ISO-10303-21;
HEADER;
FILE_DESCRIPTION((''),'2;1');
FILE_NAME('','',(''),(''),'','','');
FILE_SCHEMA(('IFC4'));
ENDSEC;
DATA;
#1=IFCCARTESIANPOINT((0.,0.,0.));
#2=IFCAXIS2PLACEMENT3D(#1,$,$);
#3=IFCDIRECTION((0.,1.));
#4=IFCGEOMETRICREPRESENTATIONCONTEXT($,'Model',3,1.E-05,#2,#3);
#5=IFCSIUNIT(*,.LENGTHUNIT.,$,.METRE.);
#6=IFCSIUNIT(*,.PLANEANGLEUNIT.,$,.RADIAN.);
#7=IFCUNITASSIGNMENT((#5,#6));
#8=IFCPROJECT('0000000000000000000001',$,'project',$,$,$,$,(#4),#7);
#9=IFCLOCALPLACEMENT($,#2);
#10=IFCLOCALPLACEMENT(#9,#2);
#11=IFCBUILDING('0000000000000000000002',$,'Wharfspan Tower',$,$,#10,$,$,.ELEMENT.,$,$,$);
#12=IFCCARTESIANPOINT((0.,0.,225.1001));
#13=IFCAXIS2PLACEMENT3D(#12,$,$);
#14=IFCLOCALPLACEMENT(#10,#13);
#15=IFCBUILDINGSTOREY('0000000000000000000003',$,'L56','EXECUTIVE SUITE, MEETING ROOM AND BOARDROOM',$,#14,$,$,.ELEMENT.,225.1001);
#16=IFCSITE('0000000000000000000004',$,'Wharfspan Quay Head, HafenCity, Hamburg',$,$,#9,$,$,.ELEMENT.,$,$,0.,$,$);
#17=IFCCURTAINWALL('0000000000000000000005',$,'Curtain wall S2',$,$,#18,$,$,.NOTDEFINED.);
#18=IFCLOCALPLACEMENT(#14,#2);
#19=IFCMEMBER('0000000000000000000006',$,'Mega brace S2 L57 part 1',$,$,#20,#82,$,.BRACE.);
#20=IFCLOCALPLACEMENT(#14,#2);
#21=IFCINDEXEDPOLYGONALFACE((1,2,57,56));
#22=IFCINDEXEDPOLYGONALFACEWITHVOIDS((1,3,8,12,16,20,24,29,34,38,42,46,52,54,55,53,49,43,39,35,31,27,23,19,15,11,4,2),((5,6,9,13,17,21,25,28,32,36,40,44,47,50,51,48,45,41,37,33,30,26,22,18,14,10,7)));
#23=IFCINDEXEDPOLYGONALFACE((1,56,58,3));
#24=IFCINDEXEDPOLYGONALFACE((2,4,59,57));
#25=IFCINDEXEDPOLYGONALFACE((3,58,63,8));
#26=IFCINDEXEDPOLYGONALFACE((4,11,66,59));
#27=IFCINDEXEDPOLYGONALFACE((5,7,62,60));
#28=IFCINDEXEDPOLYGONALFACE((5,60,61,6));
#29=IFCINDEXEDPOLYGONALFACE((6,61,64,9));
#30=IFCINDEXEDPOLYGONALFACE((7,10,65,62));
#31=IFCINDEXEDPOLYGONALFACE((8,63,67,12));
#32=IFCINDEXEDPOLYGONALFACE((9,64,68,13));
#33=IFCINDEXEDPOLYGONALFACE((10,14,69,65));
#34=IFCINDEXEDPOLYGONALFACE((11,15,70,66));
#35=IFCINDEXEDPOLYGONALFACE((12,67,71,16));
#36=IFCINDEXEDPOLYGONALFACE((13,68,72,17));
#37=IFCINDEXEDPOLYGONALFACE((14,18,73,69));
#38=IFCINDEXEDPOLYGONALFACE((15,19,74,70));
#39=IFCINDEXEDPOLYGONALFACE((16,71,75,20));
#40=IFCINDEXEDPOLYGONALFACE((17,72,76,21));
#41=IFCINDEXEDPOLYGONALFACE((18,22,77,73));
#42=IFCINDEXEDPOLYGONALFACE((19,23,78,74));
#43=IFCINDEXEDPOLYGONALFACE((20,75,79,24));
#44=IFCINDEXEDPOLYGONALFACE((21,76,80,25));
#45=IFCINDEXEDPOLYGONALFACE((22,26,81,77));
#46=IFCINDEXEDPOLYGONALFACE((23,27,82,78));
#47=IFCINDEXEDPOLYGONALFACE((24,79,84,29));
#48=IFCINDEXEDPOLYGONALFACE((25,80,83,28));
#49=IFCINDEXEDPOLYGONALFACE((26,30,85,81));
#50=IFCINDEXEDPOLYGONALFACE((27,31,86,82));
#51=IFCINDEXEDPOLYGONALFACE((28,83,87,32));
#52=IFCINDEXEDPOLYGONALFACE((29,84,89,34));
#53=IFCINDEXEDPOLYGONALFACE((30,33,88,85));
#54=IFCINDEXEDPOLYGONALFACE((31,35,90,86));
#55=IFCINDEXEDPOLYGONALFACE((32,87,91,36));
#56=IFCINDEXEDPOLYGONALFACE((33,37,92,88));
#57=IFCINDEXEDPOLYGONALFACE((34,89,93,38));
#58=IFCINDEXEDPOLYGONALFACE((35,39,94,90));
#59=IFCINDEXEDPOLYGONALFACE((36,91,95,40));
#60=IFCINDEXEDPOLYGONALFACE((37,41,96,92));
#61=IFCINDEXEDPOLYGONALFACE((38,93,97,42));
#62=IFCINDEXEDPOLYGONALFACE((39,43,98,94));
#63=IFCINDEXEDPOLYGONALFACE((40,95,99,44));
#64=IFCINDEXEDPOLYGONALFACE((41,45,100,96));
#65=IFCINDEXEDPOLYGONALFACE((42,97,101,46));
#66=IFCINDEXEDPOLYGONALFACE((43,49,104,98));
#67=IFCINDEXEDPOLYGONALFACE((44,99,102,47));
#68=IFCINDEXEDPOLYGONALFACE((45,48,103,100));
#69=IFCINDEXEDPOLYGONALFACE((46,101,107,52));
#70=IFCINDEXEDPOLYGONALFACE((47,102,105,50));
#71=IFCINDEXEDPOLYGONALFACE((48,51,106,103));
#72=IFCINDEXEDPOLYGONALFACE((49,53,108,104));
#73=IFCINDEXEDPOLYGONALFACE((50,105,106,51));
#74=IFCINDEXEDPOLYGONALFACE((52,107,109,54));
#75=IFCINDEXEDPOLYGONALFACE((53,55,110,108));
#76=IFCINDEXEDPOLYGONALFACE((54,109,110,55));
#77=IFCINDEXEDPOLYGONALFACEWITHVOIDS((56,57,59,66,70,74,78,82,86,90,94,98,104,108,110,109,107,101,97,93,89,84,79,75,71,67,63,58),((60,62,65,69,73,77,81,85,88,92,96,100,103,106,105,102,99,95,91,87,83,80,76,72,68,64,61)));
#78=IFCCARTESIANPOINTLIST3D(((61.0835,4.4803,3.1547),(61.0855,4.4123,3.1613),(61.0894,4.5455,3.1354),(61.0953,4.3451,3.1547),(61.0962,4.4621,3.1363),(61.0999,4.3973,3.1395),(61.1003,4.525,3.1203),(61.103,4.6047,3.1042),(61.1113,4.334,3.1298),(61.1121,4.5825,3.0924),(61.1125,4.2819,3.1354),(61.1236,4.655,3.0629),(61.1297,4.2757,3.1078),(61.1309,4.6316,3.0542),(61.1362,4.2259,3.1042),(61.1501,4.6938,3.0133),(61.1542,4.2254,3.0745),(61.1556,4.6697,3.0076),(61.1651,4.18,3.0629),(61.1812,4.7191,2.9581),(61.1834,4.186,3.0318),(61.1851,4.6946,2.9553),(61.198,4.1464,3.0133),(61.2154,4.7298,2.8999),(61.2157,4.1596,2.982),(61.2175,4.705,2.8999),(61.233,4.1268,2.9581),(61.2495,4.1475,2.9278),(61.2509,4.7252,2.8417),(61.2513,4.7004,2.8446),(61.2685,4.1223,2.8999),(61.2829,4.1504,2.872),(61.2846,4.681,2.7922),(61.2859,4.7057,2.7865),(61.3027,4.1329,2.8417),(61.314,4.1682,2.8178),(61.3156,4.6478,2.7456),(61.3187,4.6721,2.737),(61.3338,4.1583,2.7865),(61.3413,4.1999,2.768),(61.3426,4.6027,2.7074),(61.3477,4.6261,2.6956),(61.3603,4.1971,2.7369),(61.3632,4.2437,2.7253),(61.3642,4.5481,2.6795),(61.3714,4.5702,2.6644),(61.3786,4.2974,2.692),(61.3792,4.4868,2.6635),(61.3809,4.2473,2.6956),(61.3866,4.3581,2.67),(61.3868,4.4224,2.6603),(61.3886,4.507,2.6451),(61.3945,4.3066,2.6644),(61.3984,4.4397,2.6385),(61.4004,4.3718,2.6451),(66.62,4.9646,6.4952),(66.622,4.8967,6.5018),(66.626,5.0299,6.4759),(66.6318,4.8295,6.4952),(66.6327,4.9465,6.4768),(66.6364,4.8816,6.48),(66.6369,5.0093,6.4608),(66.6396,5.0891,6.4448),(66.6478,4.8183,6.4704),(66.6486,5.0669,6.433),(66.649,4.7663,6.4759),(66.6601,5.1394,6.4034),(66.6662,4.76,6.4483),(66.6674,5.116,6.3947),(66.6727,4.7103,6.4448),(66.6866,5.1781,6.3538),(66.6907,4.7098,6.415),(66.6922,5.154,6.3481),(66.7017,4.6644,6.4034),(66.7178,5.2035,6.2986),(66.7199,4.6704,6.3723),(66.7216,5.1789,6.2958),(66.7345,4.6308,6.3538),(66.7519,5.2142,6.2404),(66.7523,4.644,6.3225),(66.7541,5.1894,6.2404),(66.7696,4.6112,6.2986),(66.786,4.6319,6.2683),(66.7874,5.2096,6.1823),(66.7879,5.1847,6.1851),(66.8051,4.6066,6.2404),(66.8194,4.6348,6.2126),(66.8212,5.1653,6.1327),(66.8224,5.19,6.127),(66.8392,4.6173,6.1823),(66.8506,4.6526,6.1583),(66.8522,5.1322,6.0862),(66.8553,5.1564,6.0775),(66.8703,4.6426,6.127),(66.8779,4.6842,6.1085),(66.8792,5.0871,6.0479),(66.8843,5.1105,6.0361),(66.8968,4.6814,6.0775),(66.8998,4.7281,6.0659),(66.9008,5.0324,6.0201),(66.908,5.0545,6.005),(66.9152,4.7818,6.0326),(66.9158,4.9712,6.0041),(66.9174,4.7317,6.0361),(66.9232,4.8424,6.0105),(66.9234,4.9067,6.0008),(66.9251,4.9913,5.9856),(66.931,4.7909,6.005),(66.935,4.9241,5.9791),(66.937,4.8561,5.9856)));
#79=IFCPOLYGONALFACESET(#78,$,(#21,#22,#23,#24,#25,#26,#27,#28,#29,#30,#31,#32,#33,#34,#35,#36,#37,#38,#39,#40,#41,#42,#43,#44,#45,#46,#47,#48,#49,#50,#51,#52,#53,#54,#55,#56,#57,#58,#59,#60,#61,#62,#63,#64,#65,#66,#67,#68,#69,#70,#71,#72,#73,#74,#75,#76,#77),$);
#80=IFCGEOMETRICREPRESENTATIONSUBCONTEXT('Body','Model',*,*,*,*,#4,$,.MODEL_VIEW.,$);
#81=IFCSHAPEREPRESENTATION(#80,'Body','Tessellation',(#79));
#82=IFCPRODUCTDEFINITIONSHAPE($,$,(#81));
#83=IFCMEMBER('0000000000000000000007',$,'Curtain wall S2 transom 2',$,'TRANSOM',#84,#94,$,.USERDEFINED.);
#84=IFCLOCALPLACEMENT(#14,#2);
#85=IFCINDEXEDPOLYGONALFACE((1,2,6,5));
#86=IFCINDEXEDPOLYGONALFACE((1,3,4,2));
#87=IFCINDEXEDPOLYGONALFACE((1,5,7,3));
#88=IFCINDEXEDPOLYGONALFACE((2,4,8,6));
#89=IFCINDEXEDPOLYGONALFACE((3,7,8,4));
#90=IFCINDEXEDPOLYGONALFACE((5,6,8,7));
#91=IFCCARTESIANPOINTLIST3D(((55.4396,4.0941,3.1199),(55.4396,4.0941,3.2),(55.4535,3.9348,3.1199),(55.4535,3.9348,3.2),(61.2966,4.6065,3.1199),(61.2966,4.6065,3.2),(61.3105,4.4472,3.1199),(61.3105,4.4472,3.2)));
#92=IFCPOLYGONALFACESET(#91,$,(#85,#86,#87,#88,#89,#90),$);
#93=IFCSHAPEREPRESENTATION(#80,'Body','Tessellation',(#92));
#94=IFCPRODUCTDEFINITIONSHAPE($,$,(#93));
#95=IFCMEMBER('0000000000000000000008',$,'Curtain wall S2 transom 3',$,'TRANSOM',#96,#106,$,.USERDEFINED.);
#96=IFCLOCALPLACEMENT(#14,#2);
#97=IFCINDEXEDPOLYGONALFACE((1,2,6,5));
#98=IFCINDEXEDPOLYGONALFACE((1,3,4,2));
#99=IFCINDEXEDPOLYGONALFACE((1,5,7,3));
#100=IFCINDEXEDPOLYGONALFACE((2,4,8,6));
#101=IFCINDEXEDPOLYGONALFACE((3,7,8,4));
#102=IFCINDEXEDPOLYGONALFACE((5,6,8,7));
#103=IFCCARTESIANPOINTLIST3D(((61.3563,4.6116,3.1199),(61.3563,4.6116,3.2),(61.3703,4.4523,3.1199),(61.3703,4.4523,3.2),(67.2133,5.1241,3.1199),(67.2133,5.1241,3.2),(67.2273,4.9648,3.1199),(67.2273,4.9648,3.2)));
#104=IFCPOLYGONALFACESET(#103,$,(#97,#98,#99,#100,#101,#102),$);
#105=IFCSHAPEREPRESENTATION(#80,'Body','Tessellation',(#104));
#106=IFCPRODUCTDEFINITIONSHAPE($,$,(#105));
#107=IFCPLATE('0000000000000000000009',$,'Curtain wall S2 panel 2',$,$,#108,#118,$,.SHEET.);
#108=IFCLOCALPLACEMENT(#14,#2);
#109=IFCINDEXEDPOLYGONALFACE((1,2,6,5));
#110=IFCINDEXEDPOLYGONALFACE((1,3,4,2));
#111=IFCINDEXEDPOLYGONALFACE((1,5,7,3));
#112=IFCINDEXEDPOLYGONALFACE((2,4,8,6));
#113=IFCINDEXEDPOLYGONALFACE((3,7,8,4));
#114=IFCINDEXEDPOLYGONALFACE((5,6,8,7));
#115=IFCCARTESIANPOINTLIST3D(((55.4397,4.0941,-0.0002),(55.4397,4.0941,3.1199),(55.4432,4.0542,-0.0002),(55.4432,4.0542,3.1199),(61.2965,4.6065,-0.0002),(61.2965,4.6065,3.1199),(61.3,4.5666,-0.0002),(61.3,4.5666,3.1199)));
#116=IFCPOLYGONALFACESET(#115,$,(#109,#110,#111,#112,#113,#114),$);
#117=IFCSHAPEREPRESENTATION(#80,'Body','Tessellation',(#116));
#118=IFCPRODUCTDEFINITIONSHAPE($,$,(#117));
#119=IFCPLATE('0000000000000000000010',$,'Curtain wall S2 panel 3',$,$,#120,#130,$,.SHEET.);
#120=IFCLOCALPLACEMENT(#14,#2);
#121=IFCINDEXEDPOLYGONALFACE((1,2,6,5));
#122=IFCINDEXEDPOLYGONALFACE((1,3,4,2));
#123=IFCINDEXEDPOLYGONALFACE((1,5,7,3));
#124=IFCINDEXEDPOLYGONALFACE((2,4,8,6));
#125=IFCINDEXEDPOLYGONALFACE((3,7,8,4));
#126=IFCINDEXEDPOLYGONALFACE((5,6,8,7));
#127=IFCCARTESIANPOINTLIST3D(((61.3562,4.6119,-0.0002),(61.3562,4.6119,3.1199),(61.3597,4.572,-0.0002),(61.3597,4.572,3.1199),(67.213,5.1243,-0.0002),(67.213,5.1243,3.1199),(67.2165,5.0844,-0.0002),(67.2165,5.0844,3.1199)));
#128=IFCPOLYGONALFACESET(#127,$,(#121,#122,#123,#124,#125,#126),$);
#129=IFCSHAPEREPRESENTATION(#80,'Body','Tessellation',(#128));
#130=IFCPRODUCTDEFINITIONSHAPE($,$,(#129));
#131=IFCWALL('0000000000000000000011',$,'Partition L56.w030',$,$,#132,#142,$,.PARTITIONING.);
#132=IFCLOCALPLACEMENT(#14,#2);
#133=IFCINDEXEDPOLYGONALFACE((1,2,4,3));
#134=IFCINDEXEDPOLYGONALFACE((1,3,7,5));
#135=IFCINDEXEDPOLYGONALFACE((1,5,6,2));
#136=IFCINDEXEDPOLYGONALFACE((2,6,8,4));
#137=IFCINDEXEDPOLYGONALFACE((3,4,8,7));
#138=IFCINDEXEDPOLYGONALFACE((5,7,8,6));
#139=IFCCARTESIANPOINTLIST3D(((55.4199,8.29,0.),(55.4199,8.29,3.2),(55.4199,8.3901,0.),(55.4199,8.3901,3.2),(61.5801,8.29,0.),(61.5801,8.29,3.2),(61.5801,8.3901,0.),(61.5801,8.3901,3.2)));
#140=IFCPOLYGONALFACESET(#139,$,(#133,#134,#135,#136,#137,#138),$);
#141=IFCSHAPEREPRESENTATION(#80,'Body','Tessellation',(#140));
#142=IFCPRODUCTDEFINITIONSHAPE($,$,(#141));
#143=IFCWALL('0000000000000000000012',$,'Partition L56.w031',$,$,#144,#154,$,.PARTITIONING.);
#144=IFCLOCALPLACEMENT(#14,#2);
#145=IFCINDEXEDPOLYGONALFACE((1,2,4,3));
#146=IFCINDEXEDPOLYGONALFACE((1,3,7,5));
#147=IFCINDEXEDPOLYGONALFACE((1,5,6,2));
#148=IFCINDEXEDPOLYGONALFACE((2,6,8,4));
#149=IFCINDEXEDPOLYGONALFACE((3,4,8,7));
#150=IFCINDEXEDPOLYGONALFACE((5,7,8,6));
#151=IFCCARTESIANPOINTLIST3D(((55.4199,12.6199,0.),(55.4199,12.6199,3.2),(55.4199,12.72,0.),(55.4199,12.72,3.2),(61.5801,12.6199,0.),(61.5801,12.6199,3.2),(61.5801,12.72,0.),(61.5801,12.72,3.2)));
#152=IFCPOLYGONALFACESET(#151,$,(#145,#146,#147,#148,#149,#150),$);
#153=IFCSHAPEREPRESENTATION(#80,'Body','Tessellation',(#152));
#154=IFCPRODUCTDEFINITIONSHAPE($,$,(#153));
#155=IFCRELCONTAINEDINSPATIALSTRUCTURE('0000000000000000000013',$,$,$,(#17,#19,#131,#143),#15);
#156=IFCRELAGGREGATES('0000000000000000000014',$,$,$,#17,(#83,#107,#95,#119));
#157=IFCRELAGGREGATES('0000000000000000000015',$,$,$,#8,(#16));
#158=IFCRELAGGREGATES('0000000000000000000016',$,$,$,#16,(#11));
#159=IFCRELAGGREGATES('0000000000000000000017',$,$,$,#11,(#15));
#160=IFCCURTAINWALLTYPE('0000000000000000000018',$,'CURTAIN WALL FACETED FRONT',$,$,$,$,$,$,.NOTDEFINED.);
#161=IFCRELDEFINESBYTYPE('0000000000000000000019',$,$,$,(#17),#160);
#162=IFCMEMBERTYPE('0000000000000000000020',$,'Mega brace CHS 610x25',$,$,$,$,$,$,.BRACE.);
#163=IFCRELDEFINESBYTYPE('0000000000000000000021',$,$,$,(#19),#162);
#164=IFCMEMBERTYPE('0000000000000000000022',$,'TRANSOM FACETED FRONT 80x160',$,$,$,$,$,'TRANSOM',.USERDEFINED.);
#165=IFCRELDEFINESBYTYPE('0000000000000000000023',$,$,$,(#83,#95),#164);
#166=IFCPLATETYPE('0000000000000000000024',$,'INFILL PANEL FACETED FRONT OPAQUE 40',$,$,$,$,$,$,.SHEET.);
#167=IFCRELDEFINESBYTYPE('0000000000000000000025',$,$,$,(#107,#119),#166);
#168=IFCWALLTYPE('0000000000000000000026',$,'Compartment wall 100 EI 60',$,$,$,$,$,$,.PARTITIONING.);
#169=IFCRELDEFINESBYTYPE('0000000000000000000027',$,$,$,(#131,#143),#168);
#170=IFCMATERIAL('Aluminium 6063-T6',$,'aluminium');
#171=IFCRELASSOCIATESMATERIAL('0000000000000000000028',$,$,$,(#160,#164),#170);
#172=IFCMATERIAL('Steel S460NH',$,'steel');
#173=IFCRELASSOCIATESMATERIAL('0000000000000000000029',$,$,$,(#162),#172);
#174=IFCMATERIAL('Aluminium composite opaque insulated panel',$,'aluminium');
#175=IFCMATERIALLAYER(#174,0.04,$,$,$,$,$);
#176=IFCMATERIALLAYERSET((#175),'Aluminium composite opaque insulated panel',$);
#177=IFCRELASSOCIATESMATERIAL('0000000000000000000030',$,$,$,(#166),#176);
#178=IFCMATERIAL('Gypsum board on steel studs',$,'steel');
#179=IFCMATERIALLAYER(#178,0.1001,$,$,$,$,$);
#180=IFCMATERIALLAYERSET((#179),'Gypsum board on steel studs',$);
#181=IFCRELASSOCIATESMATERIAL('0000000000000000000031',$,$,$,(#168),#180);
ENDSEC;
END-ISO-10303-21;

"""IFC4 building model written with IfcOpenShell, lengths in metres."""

from ifc_helpers import new_model, si_unit, direction, frame, frame_2d, origin, origin_2d, place, context, subcontext, project, spatial, rectangle, hollow_circle, extrude, material, layer, layer_set, material_profile, profile_set, type_object, element, aggregate, save


model = new_model("IFC4")

# Units and contexts
model_context = context("Model", 3, precision=1e-05, world=origin(), true_north=direction((0.0, 1.0)))
body_context = subcontext(model_context, "Body", "Model", "MODEL_VIEW")
ifc_project = project(units=[si_unit("LENGTHUNIT", "METRE"), si_unit("PLANEANGLEUNIT", "RADIAN")], contexts=[model_context])

# Site, building, storey
site_placement = place(None, origin())
site = spatial("IfcSite", under=ifc_project, at=site_placement, Name="Wharfspan Quay Head, HafenCity, Hamburg", CompositionType="ELEMENT", RefElevation=0.0)
building_placement = place(site_placement, origin())
building = spatial("IfcBuilding", under=site, at=building_placement, Name="Wharfspan Tower", CompositionType="ELEMENT")
storey_placement = place(building_placement, frame((0.0, 0.0, 225.1001)))
storey = spatial("IfcBuildingStorey", under=building, at=storey_placement, Name="L56", Description="EXECUTIVE SUITE, MEETING ROOM AND BOARDROOM", CompositionType="ELEMENT", Elevation=225.1001)

# Curtain wall
ifc_material_1 = material(Name="Aluminium 6063-T6", Category="aluminium")
curtain_wall_type = type_object("IfcCurtainWallType", Name="CURTAIN WALL FACETED FRONT", PredefinedType="NOTDEFINED", material=ifc_material_1)
curtain_wall_placement = place(storey_placement, origin())
curtain_wall = element("IfcCurtainWall", 1, at=curtain_wall_placement, inside=storey, type_object=curtain_wall_type, Name="Curtain wall S2", PredefinedType="NOTDEFINED")

# Members
ifc_material_2 = material(Name="Steel S460NH", Category="steel")
ifc_material_profile_1 = material_profile(ifc_material_2, hollow_circle(Radius=0.3049, WallThickness=0.0249, at=origin_2d()))
ifc_profile_set_1 = profile_set([ifc_material_profile_1], Name="Steel S460NH")
member_type_1 = type_object("IfcMemberType", Name="Mega brace CHS 610x25", PredefinedType="BRACE", material=ifc_profile_set_1)
member_1_placement = place(storey_placement, frame((61.2419, 4.426, 2.8999), z_axis=(0.853829, 0.074698, 0.515166), x_axis=(-0.087155, 0.996197, 0.000003)))
element("IfcMember", 2, at=member_1_placement, inside=storey, type_object=member_type_1, Name="Mega brace S2 L57 part 1", PredefinedType="BRACE", context=body_context, shape_type="SweptSolid", body=[
    extrude(hollow_circle(Radius=0.3049, WallThickness=0.0249, at=origin_2d()), origin(), (0.0, 0.0, 1.0), 6.4844),
])
ifc_material_profile_2 = material_profile(ifc_material_1, rectangle(XDim=0.1599, YDim=0.0801, at=origin_2d()))
ifc_profile_set_2 = profile_set([ifc_material_profile_2], Name="Aluminium 6063-T6")
member_type_2 = type_object("IfcMemberType", Name="TRANSOM FACETED FRONT 80x160", ElementType="TRANSOM", PredefinedType="USERDEFINED", material=ifc_profile_set_2)
member_2_placement = place(storey_placement, frame((55.4465, 4.0144, 3.1599), z_axis=(0.996194, 0.087162, 0.0), x_axis=(-0.087162, 0.996194, 0.0)))
member_2 = element("IfcMember", 3, at=member_2_placement, type_object=member_type_2, Name="Curtain wall S2 transom 2", ObjectType="TRANSOM", PredefinedType="USERDEFINED", context=body_context, shape_type="SweptSolid", body=[
    extrude(rectangle(XDim=0.1599, YDim=0.0801, at=origin_2d()), origin(), (0.0, 0.0, 1.0), 5.8794),
])
member_3_placement = place(storey_placement, frame((61.3633, 4.532, 3.1599), z_axis=(0.996194, 0.087162, 0.0), x_axis=(-0.087162, 0.996194, 0.0)))
member_3 = element("IfcMember", 4, at=member_3_placement, type_object=member_type_2, Name="Curtain wall S2 transom 3", ObjectType="TRANSOM", PredefinedType="USERDEFINED", context=body_context, shape_type="SweptSolid", body=[
    extrude(rectangle(XDim=0.1599, YDim=0.0801, at=origin_2d()), origin(), (0.0, 0.0, 1.0), 5.8794),
])

# Plates
ifc_material_3 = material(Name="Aluminium composite opaque insulated panel", Category="aluminium")
ifc_layer_1 = layer(ifc_material_3, 0.04)
ifc_layer_set_1 = layer_set([ifc_layer_1], Name="Aluminium composite opaque insulated panel")
plate_type = type_object("IfcPlateType", Name="INFILL PANEL FACETED FRONT OPAQUE 40", PredefinedType="SHEET", material=ifc_layer_set_1)
plate_1_placement = place(storey_placement, frame((58.3699, 4.3303, -0.0002), z_axis=(0.0, 0.0, 1.0), x_axis=(0.996197, 0.087156, 0.0)))
plate_1 = element("IfcPlate", 5, at=plate_1_placement, type_object=plate_type, Name="Curtain wall S2 panel 2", PredefinedType="SHEET", context=body_context, shape_type="SweptSolid", body=[
    extrude(rectangle(XDim=5.8792, YDim=0.04, at=origin_2d()), origin(), (0.0, 0.0, 1.0), 3.1201),
])
plate_2_placement = place(storey_placement, frame((64.2864, 4.8481, -0.0002), z_axis=(0.0, 0.0, 1.0), x_axis=(0.996197, 0.087156, 0.0)))
plate_2 = element("IfcPlate", 6, at=plate_2_placement, type_object=plate_type, Name="Curtain wall S2 panel 3", PredefinedType="SHEET", context=body_context, shape_type="SweptSolid", body=[
    extrude(rectangle(XDim=5.8792, YDim=0.04, at=origin_2d()), origin(), (0.0, 0.0, 1.0), 3.1201),
])
aggregate(curtain_wall, [member_2, plate_1, member_3, plate_2])

# Walls
ifc_material_4 = material(Name="Gypsum board on steel studs", Category="steel")
ifc_layer_2 = layer(ifc_material_4, 0.1001)
ifc_layer_set_2 = layer_set([ifc_layer_2], Name="Gypsum board on steel studs")
wall_type_1 = type_object("IfcWallType", Name="Compartment wall 100 EI 60", PredefinedType="PARTITIONING", material=ifc_layer_set_2)
for number, where, z_axis, x_axis, name in (
    (7, (55.4199, 8.3401, 0.0), (0.0, 0.0, 1.0), (1.0, 0.0, 0.0), "Partition L56.w030"),
    (8, (55.4199, 12.6699, 0.0), (0.0, 0.0, 1.0), (1.0, 0.0, 0.0), "Partition L56.w031"),
):
    element("IfcWall", number, at=place(storey_placement, frame(where, z_axis=z_axis, x_axis=x_axis)), inside=storey, type_object=wall_type_1, Name=name, PredefinedType="PARTITIONING", context=body_context, shape_type="SweptSolid", body=[
        extrude(rectangle(XDim=6.1602, YDim=0.1001, at=frame_2d((3.0801, 0.0))), origin(), (0.0, 0.0, 1.0), 3.2),
    ])

save(model, "model.ifc")
